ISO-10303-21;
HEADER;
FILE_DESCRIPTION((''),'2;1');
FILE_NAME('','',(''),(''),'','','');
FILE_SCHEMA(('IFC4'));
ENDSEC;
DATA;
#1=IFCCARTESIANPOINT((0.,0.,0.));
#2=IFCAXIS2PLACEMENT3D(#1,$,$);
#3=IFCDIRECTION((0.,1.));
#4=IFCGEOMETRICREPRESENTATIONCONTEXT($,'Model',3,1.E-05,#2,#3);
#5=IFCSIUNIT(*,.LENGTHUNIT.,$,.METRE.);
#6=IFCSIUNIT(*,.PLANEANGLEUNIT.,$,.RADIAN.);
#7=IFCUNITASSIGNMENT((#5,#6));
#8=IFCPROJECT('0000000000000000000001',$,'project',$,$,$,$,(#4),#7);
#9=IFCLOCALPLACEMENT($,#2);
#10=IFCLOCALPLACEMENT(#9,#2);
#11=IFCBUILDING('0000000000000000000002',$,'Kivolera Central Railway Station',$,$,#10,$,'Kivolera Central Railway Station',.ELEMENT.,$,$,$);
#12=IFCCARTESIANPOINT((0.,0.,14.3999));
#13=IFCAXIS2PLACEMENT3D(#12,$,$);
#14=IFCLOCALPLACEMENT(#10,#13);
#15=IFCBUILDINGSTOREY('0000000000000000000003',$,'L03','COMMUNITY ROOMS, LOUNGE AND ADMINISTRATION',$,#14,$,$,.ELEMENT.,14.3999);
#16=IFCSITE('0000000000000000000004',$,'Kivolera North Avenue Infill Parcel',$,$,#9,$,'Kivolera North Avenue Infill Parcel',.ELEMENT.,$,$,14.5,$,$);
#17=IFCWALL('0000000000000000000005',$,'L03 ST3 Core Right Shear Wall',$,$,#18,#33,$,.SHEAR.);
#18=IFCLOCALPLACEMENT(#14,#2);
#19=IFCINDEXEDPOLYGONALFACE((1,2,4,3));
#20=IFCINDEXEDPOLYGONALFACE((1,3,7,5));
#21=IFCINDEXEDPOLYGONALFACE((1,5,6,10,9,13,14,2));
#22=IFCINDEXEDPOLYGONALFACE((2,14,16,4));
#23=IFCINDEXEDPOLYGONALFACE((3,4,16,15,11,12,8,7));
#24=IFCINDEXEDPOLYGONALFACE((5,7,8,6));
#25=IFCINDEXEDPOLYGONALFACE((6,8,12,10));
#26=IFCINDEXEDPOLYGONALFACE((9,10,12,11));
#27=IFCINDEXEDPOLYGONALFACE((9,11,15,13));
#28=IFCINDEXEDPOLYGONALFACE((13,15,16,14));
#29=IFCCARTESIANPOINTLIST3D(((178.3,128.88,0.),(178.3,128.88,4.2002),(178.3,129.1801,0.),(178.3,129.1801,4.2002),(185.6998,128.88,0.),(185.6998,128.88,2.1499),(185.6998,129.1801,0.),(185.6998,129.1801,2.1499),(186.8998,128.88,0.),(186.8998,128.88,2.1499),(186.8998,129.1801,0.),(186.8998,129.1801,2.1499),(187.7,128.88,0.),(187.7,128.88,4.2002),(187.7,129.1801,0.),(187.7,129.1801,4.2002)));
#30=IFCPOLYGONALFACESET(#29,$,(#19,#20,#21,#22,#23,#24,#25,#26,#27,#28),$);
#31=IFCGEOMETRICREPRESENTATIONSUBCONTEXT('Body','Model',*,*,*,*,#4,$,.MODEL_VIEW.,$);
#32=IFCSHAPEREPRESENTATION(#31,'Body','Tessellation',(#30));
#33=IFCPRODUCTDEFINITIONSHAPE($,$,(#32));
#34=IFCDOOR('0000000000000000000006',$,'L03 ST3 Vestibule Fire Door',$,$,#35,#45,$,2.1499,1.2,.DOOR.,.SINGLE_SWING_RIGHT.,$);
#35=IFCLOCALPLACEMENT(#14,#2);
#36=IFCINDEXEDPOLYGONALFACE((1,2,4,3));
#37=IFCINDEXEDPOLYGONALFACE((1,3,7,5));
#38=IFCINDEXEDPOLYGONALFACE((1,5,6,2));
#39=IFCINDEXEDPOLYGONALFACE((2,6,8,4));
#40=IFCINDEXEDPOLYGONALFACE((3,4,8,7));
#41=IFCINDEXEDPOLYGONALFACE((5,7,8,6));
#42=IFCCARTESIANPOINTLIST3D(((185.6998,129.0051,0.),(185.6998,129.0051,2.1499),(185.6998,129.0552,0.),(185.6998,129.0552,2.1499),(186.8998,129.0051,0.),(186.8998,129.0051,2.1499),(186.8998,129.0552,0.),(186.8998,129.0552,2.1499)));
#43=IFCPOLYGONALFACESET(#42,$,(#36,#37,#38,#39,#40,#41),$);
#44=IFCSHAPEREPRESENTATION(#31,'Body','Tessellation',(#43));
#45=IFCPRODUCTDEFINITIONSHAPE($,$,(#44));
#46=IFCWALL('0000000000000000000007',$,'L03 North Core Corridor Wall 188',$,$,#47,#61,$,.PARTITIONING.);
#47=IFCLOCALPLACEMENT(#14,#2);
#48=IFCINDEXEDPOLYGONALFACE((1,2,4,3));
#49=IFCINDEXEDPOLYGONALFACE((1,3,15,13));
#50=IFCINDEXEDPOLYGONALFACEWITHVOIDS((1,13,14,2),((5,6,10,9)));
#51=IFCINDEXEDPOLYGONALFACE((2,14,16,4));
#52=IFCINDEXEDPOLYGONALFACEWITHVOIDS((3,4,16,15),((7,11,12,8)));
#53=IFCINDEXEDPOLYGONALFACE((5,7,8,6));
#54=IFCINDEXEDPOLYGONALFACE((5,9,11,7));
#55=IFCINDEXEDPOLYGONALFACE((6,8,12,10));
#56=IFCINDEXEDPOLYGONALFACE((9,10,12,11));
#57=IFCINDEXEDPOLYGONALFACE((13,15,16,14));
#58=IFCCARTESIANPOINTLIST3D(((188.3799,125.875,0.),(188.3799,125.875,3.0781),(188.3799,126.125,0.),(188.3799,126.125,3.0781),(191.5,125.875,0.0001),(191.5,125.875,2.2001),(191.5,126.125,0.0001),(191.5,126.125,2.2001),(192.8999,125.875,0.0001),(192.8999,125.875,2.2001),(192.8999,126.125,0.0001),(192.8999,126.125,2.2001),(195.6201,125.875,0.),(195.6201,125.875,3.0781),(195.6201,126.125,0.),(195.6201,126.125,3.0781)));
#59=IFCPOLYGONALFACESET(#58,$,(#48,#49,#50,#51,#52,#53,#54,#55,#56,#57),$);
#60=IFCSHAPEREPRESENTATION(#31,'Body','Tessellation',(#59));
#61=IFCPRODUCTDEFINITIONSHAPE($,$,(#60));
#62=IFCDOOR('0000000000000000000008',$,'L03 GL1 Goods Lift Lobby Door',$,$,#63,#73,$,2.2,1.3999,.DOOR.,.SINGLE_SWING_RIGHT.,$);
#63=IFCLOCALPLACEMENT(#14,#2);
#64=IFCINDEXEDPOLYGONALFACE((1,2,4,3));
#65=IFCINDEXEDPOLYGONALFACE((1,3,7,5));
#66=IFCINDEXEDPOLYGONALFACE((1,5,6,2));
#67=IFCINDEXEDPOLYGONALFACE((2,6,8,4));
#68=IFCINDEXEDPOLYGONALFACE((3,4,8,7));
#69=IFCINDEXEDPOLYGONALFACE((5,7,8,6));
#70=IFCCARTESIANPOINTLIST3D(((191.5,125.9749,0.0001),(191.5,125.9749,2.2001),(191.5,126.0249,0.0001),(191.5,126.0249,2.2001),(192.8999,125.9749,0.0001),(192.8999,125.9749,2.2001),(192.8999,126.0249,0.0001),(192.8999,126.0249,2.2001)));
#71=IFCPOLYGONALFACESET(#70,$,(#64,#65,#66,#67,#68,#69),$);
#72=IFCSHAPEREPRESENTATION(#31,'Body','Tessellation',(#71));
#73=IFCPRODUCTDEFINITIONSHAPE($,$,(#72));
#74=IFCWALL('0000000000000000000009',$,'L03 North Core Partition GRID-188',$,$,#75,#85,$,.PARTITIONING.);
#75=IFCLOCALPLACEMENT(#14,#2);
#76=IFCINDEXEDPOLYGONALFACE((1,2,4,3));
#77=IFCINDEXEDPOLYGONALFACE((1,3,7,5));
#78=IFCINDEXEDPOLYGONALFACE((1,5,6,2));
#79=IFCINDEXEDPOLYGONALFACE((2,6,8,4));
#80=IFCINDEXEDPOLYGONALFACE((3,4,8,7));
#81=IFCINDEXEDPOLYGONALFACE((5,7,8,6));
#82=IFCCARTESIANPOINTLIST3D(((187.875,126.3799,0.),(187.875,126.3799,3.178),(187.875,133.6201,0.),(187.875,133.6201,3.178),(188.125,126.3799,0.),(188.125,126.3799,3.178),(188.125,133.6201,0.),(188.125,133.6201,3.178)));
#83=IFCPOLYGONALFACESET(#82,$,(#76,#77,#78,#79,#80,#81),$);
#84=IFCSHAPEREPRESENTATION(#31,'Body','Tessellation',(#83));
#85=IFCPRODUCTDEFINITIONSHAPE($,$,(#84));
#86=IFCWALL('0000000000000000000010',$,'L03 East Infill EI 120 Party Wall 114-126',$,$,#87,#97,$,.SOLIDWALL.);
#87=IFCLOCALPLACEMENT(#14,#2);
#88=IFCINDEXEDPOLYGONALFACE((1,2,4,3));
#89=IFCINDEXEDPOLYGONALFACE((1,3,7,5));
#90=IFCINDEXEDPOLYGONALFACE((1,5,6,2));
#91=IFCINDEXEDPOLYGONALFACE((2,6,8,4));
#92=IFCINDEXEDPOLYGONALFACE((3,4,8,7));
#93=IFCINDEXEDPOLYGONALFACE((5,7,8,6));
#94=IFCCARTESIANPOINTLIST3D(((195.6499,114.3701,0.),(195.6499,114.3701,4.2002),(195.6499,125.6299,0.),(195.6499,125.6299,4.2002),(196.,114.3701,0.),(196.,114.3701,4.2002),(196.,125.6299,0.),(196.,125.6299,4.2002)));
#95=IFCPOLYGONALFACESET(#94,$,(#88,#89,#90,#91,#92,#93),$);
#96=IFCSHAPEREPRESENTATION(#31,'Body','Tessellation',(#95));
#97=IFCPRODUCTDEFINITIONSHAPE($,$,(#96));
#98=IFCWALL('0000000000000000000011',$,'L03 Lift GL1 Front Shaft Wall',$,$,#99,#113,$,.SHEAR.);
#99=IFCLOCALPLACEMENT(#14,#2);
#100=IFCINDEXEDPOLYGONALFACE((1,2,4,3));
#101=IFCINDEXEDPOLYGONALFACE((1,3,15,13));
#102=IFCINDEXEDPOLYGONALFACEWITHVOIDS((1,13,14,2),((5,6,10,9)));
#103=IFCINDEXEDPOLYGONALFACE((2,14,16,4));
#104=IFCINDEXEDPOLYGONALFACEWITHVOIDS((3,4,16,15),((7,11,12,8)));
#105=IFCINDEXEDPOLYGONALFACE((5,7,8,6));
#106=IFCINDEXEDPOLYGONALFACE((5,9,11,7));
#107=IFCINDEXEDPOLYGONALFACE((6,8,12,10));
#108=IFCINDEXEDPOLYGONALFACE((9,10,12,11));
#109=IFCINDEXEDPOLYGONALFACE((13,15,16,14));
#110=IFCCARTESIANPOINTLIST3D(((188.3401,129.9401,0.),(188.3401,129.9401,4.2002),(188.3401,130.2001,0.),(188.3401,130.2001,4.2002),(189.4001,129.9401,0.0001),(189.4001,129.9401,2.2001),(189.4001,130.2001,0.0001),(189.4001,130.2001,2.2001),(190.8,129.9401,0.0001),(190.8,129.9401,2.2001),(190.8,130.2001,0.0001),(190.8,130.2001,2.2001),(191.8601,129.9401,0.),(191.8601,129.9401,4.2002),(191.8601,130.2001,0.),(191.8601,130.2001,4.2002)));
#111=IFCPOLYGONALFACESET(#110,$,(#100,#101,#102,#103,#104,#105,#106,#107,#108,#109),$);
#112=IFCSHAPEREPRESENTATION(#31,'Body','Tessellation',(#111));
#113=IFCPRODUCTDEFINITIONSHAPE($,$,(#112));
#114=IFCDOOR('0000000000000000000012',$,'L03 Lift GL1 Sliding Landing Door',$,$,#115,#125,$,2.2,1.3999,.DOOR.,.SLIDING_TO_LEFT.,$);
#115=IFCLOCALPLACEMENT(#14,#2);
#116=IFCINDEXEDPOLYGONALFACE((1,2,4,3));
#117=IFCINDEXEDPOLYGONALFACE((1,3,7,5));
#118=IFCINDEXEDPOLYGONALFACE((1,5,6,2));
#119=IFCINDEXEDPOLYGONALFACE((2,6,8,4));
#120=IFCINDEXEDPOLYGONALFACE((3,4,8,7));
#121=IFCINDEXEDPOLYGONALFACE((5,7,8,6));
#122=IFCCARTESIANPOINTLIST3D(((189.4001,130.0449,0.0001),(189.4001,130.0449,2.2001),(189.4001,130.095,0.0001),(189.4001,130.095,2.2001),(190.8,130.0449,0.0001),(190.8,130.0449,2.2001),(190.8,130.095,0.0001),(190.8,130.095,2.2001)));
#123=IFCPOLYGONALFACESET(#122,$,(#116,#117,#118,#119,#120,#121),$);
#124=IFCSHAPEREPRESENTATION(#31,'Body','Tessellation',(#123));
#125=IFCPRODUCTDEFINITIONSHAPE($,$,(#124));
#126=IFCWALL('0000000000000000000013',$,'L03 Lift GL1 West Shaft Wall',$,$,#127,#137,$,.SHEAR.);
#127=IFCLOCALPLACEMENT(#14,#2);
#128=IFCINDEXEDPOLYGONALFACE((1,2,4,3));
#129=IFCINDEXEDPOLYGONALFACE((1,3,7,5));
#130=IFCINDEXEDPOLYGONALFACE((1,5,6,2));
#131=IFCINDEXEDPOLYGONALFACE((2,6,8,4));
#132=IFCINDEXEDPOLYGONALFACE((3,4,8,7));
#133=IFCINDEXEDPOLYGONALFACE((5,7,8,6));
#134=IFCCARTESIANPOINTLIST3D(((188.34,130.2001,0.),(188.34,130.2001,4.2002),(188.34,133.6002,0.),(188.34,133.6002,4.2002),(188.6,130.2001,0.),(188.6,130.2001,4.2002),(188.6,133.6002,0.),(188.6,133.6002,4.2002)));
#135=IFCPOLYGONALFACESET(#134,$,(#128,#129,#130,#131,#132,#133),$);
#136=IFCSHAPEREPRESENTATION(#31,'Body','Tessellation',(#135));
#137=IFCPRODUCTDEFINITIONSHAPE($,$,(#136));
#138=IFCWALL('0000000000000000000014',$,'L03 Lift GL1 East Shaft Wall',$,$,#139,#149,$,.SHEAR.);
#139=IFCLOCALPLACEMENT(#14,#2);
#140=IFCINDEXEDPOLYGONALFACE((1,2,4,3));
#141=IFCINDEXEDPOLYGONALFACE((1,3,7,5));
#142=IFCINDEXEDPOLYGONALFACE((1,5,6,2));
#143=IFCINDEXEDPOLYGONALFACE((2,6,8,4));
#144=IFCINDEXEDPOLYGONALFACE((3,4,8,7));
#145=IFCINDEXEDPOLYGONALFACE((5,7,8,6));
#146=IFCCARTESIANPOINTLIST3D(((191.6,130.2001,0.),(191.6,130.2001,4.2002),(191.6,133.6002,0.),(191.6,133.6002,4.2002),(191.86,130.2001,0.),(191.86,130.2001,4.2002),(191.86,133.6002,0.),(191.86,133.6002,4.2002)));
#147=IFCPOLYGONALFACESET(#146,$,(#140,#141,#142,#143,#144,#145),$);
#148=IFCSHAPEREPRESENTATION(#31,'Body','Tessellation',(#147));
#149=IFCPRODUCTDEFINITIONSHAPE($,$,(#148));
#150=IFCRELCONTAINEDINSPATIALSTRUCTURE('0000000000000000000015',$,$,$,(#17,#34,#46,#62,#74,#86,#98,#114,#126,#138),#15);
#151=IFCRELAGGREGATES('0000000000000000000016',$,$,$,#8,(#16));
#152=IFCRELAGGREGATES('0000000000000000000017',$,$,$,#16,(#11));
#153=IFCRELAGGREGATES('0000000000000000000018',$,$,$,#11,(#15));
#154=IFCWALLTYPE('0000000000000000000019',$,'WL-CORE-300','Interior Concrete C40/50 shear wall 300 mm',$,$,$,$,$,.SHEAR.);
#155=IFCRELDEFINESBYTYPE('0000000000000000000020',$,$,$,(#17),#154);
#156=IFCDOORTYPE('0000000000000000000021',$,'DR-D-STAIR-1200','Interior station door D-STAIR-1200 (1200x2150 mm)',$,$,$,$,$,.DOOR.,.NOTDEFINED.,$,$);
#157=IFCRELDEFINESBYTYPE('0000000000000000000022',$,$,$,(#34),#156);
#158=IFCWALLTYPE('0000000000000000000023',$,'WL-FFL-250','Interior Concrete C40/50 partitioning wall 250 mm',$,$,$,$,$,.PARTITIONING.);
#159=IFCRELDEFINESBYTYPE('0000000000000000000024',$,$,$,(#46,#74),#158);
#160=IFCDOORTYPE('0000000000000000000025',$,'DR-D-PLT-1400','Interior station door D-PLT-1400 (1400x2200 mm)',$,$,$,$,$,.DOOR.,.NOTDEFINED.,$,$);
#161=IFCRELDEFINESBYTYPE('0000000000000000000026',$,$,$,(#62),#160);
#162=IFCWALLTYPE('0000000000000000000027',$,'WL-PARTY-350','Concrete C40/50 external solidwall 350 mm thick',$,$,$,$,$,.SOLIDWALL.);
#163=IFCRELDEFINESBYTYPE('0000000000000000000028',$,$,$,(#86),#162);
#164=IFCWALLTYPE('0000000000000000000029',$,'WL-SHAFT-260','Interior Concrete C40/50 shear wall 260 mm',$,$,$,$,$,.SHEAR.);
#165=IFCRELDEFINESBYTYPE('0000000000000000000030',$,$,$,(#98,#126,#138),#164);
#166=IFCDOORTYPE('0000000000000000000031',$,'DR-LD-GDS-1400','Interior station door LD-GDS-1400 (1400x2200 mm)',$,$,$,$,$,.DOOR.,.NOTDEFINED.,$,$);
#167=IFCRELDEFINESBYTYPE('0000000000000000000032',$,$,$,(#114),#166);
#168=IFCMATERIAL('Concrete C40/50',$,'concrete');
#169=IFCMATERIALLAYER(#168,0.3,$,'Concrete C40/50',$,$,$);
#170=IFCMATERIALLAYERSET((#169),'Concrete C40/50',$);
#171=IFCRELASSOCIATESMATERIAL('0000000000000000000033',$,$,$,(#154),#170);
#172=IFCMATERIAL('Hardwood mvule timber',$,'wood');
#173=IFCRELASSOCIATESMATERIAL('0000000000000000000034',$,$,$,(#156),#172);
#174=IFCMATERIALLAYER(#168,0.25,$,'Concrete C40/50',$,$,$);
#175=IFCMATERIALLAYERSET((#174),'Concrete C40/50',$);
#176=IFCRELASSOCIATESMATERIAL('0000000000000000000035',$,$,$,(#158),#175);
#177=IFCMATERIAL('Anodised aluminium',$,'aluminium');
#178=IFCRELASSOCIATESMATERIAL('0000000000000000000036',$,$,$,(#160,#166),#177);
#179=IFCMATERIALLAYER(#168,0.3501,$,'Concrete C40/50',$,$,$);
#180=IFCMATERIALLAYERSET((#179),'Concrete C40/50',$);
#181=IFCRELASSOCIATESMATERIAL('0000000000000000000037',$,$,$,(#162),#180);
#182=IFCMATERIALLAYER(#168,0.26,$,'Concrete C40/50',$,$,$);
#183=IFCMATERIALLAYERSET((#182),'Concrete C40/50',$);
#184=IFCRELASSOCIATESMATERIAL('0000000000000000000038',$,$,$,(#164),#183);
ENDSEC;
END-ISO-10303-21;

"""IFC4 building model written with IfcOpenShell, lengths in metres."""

from ifc_helpers import new_model, si_unit, direction, frame, frame_2d, origin, place, context, subcontext, project, spatial, rectangle, extrude, material, layer, layer_set, type_object, element, fill, save


model = new_model("IFC4")

# Units and contexts
model_context = context("Model", 3, precision=1e-05, world=origin(), true_north=direction((0.0, 1.0)))
body_context = subcontext(model_context, "Body", "Model", "MODEL_VIEW")
ifc_project = project(units=[si_unit("LENGTHUNIT", "METRE"), si_unit("PLANEANGLEUNIT", "RADIAN")], contexts=[model_context])

# Site, building, storey
site_placement = place(None, origin())
site = spatial("IfcSite", under=ifc_project, at=site_placement, Name="Kivolera North Avenue Infill Parcel", LongName="Kivolera North Avenue Infill Parcel", CompositionType="ELEMENT", RefElevation=14.5)
building_placement = place(site_placement, origin())
building = spatial("IfcBuilding", under=site, at=building_placement, Name="Kivolera Central Railway Station", LongName="Kivolera Central Railway Station", CompositionType="ELEMENT")
storey_placement = place(building_placement, frame((0.0, 0.0, 14.3999)))
storey = spatial("IfcBuildingStorey", under=building, at=storey_placement, Name="L03", Description="COMMUNITY ROOMS, LOUNGE AND ADMINISTRATION", CompositionType="ELEMENT", Elevation=14.3999)

# Shared definitions
ifc_material_1 = material(Name="Concrete C40/50", Category="concrete")

# Walls, openings, doors
ifc_layer_1 = layer(ifc_material_1, 0.3, Name="Concrete C40/50")
ifc_layer_set_1 = layer_set([ifc_layer_1], Name="Concrete C40/50")
wall_type_1 = type_object("IfcWallType", Name="WL-CORE-300", Description="Interior Concrete C40/50 shear wall 300 mm", PredefinedType="SHEAR", material=ifc_layer_set_1)
wall_1_placement = place(storey_placement, frame((187.7, 129.03, 0.0), z_axis=(0.0, 0.0, 1.0), x_axis=(-1.0, 0.0, 0.0)))
wall_1 = element("IfcWall", 1, at=wall_1_placement, inside=storey, type_object=wall_type_1, Name="L03 ST3 Core Right Shear Wall", PredefinedType="SHEAR", context=body_context, shape_type="SweptSolid", body=[
    extrude(rectangle(XDim=9.3999, YDim=0.3, at=frame_2d((4.7, 0.0))), origin(), (0.0, 0.0, 1.0), 4.2002),
])
opening_1_placement = place(wall_1_placement, frame((0.8, 0.0, 0.0)))
opening_1 = element("IfcOpeningElement", 2, at=opening_1_placement, cuts=wall_1, PredefinedType="OPENING", context=body_context, shape_type="SweptSolid", body=[
    extrude(rectangle(XDim=1.2, YDim=2.1499, at=frame_2d((0.6001, 1.075))), frame((0.0, 0.1599, 0.0), z_axis=(0.0, -1.0, 0.0), x_axis=(1.0, 0.0, 0.0)), (0.0, 0.0, 1.0), 0.3201),
])
ifc_material_2 = material(Name="Hardwood mvule timber", Category="wood")
door_type_1 = type_object("IfcDoorType", Name="DR-D-STAIR-1200", Description="Interior station door D-STAIR-1200 (1200x2150 mm)", OperationType="NOTDEFINED", PredefinedType="DOOR", material=ifc_material_2)
door_1_placement = place(opening_1_placement, origin())
door_1 = element("IfcDoor", 3, at=door_1_placement, inside=storey, type_object=door_type_1, Name="L03 ST3 Vestibule Fire Door", OperationType="SINGLE_SWING_RIGHT", OverallHeight=2.1499, OverallWidth=1.2, PredefinedType="DOOR", context=body_context, shape_type="SweptSolid", body=[
    extrude(rectangle(XDim=1.2, YDim=2.1499, at=frame_2d((0.6001, 1.075))), frame((0.0, 0.0249, 0.0), z_axis=(0.0, -1.0, 0.0), x_axis=(1.0, 0.0, 0.0)), (0.0, 0.0, 1.0), 0.05),
])
fill(opening_1, door_1)
ifc_layer_2 = layer(ifc_material_1, 0.25, Name="Concrete C40/50")
ifc_layer_set_2 = layer_set([ifc_layer_2], Name="Concrete C40/50")
wall_type_2 = type_object("IfcWallType", Name="WL-FFL-250", Description="Interior Concrete C40/50 partitioning wall 250 mm", PredefinedType="PARTITIONING", material=ifc_layer_set_2)
wall_2_placement = place(storey_placement, frame((188.3799, 126.0, 0.0), z_axis=(0.0, 0.0, 1.0), x_axis=(1.0, 0.0, 0.0)))
wall_2 = element("IfcWall", 4, at=wall_2_placement, inside=storey, type_object=wall_type_2, Name="L03 North Core Corridor Wall 188", PredefinedType="PARTITIONING", context=body_context, shape_type="SweptSolid", body=[
    extrude(rectangle(XDim=7.2402, YDim=0.25, at=frame_2d((3.6201, 0.0))), origin(), (0.0, 0.0, 1.0), 3.0781),
])
opening_2_placement = place(wall_2_placement, frame((3.1201, 0.0, 0.0)))
opening_2 = element("IfcOpeningElement", 5, at=opening_2_placement, cuts=wall_2, PredefinedType="OPENING", context=body_context, shape_type="SweptSolid", body=[
    extrude(rectangle(XDim=1.3999, YDim=2.2, at=frame_2d((0.7, 1.1001))), frame((0.0, 0.135, 0.0), z_axis=(0.0, -1.0, 0.0), x_axis=(1.0, 0.0, 0.0)), (0.0, 0.0, 1.0), 0.27),
])
ifc_material_3 = material(Name="Anodised aluminium", Category="aluminium")
door_type_2 = type_object("IfcDoorType", Name="DR-D-PLT-1400", Description="Interior station door D-PLT-1400 (1400x2200 mm)", OperationType="NOTDEFINED", PredefinedType="DOOR", material=ifc_material_3)
door_2_placement = place(opening_2_placement, origin())
door_2 = element("IfcDoor", 6, at=door_2_placement, inside=storey, type_object=door_type_2, Name="L03 GL1 Goods Lift Lobby Door", OperationType="SINGLE_SWING_RIGHT", OverallHeight=2.2, OverallWidth=1.3999, PredefinedType="DOOR", context=body_context, shape_type="SweptSolid", body=[
    extrude(rectangle(XDim=1.3999, YDim=2.2, at=frame_2d((0.7, 1.1001))), frame((0.0, 0.0249, 0.0), z_axis=(0.0, -1.0, 0.0), x_axis=(1.0, 0.0, 0.0)), (0.0, 0.0, 1.0), 0.05),
])
fill(opening_2, door_2)

# Walls
wall_3_placement = place(storey_placement, frame((188.0, 126.3799, 0.0), z_axis=(0.0, 0.0, 1.0), x_axis=(0.0, 1.0, 0.0)))
element("IfcWall", 7, at=wall_3_placement, inside=storey, type_object=wall_type_2, Name="L03 North Core Partition GRID-188", PredefinedType="PARTITIONING", context=body_context, shape_type="SweptSolid", body=[
    extrude(rectangle(XDim=7.2402, YDim=0.25, at=frame_2d((3.6201, 0.0))), origin(), (0.0, 0.0, 1.0), 3.178),
])
ifc_layer_3 = layer(ifc_material_1, 0.3501, Name="Concrete C40/50")
ifc_layer_set_3 = layer_set([ifc_layer_3], Name="Concrete C40/50")
wall_type_3 = type_object("IfcWallType", Name="WL-PARTY-350", Description="Concrete C40/50 external solidwall 350 mm thick", PredefinedType="SOLIDWALL", material=ifc_layer_set_3)
wall_4_placement = place(storey_placement, frame((195.825, 125.6299, 0.0), z_axis=(0.0, 0.0, 1.0), x_axis=(0.0, -1.0, 0.0)))
element("IfcWall", 8, at=wall_4_placement, inside=storey, type_object=wall_type_3, Name="L03 East Infill EI 120 Party Wall 114-126", PredefinedType="SOLIDWALL", context=body_context, shape_type="SweptSolid", body=[
    extrude(rectangle(XDim=11.2598, YDim=0.3501, at=frame_2d((5.6299, 0.0))), origin(), (0.0, 0.0, 1.0), 4.2002),
])

# Wall, opening, door
ifc_layer_4 = layer(ifc_material_1, 0.26, Name="Concrete C40/50")
ifc_layer_set_4 = layer_set([ifc_layer_4], Name="Concrete C40/50")
wall_type_4 = type_object("IfcWallType", Name="WL-SHAFT-260", Description="Interior Concrete C40/50 shear wall 260 mm", PredefinedType="SHEAR", material=ifc_layer_set_4)
wall_5_placement = place(storey_placement, frame((188.3401, 130.0701, 0.0), z_axis=(0.0, 0.0, 1.0), x_axis=(1.0, 0.0, 0.0)))
wall_5 = element("IfcWall", 9, at=wall_5_placement, inside=storey, type_object=wall_type_4, Name="L03 Lift GL1 Front Shaft Wall", PredefinedType="SHEAR", context=body_context, shape_type="SweptSolid", body=[
    extrude(rectangle(XDim=3.52, YDim=0.26, at=frame_2d((1.76, 0.0))), origin(), (0.0, 0.0, 1.0), 4.2002),
])
opening_3_placement = place(wall_5_placement, frame((1.0601, 0.0, 0.0)))
opening_3 = element("IfcOpeningElement", 10, at=opening_3_placement, cuts=wall_5, PredefinedType="OPENING", context=body_context, shape_type="SweptSolid", body=[
    extrude(rectangle(XDim=1.3999, YDim=2.2, at=frame_2d((0.7, 1.1001))), frame((0.0, 0.1399, 0.0), z_axis=(0.0, -1.0, 0.0), x_axis=(1.0, 0.0, 0.0)), (0.0, 0.0, 1.0), 0.28),
])
door_type_3 = type_object("IfcDoorType", Name="DR-LD-GDS-1400", Description="Interior station door LD-GDS-1400 (1400x2200 mm)", OperationType="NOTDEFINED", PredefinedType="DOOR", material=ifc_material_3)
door_3_placement = place(opening_3_placement, origin())
door_3 = element("IfcDoor", 11, at=door_3_placement, inside=storey, type_object=door_type_3, Name="L03 Lift GL1 Sliding Landing Door", OperationType="SLIDING_TO_LEFT", OverallHeight=2.2, OverallWidth=1.3999, PredefinedType="DOOR", context=body_context, shape_type="SweptSolid", body=[
    extrude(rectangle(XDim=1.3999, YDim=2.2, at=frame_2d((0.7, 1.1001))), frame((0.0, 0.0249, 0.0), z_axis=(0.0, -1.0, 0.0), x_axis=(1.0, 0.0, 0.0)), (0.0, 0.0, 1.0), 0.05),
])
fill(opening_3, door_3)

# Walls
for number, where, z_axis, x_axis, name in (
    (12, (188.47, 130.2, 0.0), (0.0, 0.0, 1.0), (0.0, 1.0, 0.0), "L03 Lift GL1 West Shaft Wall"),
    (13, (191.73, 130.2, 0.0), (0.0, 0.0, 1.0), (0.0, 1.0, 0.0), "L03 Lift GL1 East Shaft Wall"),
):
    element("IfcWall", number, at=place(storey_placement, frame(where, z_axis=z_axis, x_axis=x_axis)), inside=storey, type_object=wall_type_4, Name=name, PredefinedType="SHEAR", context=body_context, shape_type="SweptSolid", body=[
        extrude(rectangle(XDim=3.4001, YDim=0.26, at=frame_2d((1.7002, 0.0))), origin(), (0.0, 0.0, 1.0), 4.2002),
    ])

save(model, "model.ifc")
